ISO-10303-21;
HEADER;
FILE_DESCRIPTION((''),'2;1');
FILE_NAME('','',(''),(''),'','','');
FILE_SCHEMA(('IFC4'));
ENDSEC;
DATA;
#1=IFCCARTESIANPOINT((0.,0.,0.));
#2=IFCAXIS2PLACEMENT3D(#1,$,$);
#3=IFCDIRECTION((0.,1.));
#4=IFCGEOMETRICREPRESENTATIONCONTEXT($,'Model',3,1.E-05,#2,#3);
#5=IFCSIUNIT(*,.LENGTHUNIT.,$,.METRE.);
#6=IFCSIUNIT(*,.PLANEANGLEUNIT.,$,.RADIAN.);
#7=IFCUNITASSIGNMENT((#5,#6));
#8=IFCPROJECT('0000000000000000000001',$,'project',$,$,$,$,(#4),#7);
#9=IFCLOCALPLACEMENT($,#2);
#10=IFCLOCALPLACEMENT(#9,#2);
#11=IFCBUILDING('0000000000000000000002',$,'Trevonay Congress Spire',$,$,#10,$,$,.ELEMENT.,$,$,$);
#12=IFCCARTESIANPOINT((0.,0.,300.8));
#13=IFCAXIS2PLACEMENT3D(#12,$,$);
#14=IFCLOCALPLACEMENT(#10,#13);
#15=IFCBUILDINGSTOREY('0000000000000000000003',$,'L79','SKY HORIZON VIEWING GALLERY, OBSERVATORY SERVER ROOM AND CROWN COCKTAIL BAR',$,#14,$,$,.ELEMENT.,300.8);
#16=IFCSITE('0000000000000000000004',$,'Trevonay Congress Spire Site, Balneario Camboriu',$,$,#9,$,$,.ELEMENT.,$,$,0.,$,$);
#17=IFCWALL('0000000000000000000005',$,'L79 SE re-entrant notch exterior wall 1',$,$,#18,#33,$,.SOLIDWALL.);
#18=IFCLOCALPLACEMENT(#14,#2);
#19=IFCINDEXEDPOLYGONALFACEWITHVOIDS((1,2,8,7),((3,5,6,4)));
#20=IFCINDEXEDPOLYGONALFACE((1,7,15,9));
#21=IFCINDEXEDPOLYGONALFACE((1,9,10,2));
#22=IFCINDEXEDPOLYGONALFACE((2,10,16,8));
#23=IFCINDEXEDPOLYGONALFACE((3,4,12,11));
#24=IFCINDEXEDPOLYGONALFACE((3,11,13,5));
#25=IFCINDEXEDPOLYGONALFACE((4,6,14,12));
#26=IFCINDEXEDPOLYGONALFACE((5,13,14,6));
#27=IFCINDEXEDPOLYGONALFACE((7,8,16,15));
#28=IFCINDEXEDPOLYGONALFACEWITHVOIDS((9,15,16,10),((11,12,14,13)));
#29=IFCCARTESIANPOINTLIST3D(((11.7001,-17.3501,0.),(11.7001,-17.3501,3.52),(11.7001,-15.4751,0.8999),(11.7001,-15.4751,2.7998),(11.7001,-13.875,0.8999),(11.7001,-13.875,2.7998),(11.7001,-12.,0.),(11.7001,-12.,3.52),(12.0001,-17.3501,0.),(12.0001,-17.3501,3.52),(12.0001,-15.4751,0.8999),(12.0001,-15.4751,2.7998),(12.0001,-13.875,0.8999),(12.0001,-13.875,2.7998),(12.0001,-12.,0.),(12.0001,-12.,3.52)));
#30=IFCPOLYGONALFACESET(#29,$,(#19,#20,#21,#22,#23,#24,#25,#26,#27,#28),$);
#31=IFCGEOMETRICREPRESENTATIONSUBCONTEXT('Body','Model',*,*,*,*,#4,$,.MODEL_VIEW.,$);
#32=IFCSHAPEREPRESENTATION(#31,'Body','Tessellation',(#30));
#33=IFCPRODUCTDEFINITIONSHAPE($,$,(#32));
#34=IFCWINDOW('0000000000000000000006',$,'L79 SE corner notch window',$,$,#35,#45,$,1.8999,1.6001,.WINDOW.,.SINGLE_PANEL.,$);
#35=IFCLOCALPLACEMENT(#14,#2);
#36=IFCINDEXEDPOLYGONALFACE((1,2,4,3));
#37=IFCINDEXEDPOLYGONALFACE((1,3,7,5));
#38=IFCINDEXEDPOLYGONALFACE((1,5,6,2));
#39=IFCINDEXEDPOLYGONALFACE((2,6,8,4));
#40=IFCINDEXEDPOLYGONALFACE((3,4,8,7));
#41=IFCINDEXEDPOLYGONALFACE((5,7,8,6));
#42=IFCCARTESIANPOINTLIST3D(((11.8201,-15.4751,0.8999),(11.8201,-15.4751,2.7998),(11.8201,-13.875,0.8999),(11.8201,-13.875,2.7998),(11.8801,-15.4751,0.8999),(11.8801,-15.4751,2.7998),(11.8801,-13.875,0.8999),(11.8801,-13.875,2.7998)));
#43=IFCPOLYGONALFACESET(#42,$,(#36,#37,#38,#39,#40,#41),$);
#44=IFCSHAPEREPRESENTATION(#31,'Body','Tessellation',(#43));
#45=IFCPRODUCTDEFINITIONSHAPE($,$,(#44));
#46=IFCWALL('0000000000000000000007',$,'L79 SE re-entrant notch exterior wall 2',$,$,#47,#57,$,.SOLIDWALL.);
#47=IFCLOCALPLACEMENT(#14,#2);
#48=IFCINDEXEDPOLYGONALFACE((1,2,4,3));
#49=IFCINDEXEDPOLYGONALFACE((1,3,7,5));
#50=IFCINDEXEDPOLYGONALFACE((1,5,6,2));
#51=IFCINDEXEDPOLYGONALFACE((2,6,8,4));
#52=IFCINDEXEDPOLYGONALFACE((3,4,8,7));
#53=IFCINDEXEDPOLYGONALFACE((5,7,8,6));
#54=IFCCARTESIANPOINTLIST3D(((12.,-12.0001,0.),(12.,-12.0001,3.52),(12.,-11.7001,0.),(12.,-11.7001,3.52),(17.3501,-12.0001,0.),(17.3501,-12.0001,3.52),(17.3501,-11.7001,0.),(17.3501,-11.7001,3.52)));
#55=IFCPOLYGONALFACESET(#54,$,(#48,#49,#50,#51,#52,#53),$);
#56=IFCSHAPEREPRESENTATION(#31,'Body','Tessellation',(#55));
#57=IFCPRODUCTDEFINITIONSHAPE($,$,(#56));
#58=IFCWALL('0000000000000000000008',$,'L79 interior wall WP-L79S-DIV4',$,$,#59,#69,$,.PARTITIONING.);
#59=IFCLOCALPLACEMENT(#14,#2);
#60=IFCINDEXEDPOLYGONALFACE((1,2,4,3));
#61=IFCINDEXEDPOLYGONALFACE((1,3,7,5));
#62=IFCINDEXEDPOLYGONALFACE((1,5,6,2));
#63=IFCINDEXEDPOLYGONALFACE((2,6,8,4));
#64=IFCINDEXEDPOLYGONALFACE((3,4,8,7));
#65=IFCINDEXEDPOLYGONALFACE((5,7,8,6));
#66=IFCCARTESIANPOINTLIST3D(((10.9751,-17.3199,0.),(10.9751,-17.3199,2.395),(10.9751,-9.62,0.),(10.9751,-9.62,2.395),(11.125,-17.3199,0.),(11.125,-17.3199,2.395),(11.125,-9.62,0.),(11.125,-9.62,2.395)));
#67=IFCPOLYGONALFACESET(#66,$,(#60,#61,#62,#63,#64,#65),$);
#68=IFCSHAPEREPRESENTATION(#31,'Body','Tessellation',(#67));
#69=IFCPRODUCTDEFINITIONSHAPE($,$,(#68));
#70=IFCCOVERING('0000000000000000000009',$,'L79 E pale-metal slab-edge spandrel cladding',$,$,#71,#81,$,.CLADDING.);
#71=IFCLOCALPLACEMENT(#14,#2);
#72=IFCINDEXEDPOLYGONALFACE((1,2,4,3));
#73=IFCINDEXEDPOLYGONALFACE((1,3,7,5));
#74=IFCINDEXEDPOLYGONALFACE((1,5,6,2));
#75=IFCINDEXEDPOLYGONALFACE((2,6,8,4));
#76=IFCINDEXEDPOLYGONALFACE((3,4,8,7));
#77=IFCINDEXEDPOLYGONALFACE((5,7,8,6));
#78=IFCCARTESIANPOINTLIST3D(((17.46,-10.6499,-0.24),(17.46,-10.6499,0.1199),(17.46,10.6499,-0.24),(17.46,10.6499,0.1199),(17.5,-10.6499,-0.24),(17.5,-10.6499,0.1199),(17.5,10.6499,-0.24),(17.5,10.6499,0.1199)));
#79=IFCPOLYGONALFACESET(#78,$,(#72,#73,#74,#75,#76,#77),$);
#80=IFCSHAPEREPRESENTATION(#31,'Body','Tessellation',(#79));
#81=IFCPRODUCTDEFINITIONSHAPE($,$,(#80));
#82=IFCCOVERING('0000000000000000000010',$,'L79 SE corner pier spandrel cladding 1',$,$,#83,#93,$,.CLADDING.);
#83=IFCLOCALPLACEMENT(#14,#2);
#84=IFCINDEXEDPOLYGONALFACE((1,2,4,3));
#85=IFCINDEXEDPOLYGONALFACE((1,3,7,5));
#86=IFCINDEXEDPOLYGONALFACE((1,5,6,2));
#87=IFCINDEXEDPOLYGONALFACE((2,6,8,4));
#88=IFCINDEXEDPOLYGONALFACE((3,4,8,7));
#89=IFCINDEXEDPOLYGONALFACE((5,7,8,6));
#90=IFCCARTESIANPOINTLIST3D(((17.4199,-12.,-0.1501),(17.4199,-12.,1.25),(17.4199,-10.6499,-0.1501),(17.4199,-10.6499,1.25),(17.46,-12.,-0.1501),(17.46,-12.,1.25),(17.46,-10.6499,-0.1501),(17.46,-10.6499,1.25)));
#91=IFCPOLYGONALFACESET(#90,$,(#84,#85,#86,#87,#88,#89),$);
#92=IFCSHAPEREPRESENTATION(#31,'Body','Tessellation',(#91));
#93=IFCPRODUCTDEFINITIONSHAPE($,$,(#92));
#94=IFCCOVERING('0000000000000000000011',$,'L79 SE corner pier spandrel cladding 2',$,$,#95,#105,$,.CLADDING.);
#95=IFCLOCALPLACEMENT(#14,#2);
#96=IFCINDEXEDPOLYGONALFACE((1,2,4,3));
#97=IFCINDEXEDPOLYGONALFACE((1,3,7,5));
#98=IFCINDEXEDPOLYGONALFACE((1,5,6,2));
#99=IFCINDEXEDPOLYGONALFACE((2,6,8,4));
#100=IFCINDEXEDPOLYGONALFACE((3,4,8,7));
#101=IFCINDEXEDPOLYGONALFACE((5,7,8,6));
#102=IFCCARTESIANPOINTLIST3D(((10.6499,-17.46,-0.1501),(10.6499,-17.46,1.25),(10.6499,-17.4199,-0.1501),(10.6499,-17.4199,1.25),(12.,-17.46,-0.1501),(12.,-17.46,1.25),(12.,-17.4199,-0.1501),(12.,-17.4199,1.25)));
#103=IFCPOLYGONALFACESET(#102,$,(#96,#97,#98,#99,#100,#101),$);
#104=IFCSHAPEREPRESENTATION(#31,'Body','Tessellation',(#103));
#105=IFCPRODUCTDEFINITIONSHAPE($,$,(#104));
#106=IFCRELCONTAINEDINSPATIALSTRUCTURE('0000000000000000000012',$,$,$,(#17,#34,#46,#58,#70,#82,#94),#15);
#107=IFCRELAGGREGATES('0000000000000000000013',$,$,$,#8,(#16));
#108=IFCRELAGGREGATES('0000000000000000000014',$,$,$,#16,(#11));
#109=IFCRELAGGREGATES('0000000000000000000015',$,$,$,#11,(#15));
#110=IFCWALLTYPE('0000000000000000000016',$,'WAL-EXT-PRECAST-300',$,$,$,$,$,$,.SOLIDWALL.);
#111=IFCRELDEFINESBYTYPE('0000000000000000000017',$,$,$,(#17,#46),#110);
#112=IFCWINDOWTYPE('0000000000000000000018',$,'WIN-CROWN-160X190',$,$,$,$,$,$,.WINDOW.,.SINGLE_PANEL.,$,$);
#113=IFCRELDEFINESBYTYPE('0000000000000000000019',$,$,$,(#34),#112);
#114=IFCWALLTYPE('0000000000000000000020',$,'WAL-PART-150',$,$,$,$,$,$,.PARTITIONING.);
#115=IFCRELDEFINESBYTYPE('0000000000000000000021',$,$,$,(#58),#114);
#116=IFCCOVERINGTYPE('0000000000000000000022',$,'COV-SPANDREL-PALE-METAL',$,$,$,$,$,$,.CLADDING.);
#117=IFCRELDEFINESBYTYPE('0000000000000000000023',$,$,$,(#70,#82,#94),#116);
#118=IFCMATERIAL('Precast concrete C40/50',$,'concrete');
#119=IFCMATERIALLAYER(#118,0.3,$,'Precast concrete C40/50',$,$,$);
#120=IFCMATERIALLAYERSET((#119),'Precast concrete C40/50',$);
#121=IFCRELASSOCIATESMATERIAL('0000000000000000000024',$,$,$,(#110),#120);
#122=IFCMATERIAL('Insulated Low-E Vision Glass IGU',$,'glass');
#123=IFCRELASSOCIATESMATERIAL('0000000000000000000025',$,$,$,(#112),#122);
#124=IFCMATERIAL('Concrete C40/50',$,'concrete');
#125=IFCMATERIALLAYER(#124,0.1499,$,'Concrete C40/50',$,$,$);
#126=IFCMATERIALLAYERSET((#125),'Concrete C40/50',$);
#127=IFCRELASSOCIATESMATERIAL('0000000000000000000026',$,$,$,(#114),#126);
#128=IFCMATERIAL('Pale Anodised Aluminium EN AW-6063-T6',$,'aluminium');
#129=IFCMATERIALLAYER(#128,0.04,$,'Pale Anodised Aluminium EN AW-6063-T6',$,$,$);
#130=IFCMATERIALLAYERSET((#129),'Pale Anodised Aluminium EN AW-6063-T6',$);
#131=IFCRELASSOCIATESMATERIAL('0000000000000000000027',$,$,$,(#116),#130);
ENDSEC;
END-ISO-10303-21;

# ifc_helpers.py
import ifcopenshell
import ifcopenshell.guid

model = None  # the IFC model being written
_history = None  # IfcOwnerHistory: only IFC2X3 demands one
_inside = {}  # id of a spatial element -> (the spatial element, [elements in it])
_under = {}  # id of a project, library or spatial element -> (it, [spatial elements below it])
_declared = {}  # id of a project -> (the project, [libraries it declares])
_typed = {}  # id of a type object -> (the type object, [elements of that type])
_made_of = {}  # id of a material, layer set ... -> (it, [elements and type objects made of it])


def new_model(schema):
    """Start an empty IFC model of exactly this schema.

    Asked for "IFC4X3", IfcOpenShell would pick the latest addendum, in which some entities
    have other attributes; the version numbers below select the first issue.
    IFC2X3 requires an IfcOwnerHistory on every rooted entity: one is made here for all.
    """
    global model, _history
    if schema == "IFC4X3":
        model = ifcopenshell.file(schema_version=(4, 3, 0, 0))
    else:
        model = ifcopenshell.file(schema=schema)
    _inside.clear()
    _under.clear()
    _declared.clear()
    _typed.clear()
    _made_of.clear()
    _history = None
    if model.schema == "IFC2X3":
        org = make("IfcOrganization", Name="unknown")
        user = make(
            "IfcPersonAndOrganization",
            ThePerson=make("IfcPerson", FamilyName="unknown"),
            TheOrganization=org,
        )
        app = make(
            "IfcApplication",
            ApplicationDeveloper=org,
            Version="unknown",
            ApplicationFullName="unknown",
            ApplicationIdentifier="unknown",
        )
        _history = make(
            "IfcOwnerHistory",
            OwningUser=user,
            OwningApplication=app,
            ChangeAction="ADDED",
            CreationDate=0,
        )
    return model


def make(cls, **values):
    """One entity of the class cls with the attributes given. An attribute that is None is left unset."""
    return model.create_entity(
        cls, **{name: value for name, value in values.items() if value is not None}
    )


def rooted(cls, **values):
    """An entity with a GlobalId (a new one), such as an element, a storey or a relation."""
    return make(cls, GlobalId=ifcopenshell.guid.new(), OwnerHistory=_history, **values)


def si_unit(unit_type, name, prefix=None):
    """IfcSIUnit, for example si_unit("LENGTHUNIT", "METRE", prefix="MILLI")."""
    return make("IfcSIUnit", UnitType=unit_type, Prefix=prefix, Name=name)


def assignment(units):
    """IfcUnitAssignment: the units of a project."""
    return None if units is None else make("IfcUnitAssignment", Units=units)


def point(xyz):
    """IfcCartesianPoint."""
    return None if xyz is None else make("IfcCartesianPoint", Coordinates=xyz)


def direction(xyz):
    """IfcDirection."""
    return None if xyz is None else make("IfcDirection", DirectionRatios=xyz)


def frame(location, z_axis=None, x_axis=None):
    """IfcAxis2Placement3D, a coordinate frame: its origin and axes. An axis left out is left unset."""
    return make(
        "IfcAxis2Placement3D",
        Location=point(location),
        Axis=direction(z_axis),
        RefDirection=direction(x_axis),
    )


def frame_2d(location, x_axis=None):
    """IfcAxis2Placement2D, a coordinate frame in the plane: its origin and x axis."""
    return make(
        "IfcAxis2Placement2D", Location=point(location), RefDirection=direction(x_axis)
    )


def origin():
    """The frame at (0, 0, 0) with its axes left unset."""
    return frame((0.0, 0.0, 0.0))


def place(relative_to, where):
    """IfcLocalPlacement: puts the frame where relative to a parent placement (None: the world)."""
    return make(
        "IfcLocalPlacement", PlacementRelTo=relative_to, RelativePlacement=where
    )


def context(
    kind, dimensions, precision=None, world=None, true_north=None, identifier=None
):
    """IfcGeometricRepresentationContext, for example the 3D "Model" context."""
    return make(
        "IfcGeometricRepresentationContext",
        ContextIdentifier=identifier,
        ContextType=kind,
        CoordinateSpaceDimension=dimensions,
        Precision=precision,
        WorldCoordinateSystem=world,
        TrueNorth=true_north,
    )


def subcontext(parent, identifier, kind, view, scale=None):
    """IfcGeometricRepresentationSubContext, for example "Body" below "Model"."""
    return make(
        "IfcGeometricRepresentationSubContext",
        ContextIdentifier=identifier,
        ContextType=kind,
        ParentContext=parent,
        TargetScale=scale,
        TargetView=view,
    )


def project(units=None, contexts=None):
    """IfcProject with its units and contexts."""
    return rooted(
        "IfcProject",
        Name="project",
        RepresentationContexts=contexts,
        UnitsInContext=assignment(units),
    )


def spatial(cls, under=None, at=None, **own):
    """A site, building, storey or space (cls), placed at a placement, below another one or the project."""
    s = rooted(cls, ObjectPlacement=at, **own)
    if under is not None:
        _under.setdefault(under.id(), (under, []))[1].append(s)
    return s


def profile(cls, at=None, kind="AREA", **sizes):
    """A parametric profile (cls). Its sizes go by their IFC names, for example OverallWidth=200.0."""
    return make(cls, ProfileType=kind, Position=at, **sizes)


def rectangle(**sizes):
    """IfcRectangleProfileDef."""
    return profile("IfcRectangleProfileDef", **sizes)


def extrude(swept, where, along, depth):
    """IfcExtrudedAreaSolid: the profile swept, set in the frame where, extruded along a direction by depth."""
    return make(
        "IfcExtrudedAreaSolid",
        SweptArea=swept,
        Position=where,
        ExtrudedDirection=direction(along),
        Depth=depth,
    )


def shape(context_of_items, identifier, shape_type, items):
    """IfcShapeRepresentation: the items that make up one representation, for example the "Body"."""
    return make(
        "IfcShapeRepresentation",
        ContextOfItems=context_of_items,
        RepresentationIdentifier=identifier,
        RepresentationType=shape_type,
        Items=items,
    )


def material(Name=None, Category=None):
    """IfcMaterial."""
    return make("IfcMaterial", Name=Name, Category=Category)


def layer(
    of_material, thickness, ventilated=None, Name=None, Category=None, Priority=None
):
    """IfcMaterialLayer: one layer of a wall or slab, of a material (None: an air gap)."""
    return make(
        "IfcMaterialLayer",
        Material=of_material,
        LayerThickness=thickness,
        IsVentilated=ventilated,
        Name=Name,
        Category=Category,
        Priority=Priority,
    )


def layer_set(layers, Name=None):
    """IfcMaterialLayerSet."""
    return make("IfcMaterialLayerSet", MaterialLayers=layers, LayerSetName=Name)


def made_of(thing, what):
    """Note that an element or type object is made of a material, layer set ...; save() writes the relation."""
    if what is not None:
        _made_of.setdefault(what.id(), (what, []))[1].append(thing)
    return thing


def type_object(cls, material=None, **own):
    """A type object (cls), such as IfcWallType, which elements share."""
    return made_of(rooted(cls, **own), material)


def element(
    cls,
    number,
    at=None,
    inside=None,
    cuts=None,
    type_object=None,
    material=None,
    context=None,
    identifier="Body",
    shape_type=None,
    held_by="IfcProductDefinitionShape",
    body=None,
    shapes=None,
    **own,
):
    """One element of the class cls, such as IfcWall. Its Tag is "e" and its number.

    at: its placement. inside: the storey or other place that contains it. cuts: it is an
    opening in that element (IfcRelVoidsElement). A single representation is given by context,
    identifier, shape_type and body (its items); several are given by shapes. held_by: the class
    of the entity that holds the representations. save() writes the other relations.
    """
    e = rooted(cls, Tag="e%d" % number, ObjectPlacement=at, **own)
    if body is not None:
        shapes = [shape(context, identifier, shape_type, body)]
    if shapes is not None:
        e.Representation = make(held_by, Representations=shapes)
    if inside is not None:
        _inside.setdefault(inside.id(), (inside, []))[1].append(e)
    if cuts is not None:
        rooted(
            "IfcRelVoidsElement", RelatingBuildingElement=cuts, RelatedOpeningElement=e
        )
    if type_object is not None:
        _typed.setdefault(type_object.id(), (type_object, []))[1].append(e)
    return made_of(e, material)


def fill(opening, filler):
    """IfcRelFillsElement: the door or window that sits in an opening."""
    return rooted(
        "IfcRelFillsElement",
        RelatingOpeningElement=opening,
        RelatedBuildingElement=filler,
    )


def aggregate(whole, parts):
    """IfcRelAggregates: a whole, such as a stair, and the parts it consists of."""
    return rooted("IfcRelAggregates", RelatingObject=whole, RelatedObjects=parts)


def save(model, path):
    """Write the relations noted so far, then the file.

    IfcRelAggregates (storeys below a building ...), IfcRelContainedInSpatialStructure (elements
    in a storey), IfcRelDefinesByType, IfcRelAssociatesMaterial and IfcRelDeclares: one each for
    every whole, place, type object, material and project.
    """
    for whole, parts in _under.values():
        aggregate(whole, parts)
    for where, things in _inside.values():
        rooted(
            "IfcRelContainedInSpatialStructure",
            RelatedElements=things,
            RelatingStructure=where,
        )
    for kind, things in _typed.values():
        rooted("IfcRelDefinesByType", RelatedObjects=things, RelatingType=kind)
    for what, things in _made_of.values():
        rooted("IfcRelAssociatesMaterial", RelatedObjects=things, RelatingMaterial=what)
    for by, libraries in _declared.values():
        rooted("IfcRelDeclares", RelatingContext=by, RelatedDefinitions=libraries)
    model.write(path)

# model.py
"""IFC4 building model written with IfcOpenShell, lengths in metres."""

from ifc_helpers import new_model, si_unit, direction, frame, frame_2d, origin, place, context, subcontext, project, spatial, rectangle, extrude, material, layer, layer_set, type_object, element, fill, save


model = new_model("IFC4")

# Units and contexts
model_context = context("Model", 3, precision=1e-05, world=origin(), true_north=direction((0.0, 1.0)))
body_context = subcontext(model_context, "Body", "Model", "MODEL_VIEW")
ifc_project = project(units=[si_unit("LENGTHUNIT", "METRE"), si_unit("PLANEANGLEUNIT", "RADIAN")], contexts=[model_context])

# Site, building, storey
site_placement = place(None, origin())
site = spatial("IfcSite", under=ifc_project, at=site_placement, Name="Trevonay Congress Spire Site, Balneario Camboriu", CompositionType="ELEMENT", RefElevation=0.0)
building_placement = place(site_placement, origin())
building = spatial("IfcBuilding", under=site, at=building_placement, Name="Trevonay Congress Spire", CompositionType="ELEMENT")
storey_placement = place(building_placement, frame((0.0, 0.0, 300.8)))
storey = spatial("IfcBuildingStorey", under=building, at=storey_placement, Name="L79", Description="SKY HORIZON VIEWING GALLERY, OBSERVATORY SERVER ROOM AND CROWN COCKTAIL BAR", CompositionType="ELEMENT", Elevation=300.8)

# Shared definitions
ifc_material_1 = material(Name="Pale Anodised Aluminium EN AW-6063-T6", Category="aluminium")

# Shared definitions
ifc_material_2 = material(Name="Insulated Low-E Vision Glass IGU", Category="glass")

# Wall, opening, window
ifc_material_3 = material(Name="Precast concrete C40/50", Category="concrete")
ifc_layer_1 = layer(ifc_material_3, 0.3, Name="Precast concrete C40/50")
ifc_layer_set_1 = layer_set([ifc_layer_1], Name="Precast concrete C40/50")
wall_type_1 = type_object("IfcWallType", Name="WAL-EXT-PRECAST-300", PredefinedType="SOLIDWALL", material=ifc_layer_set_1)
wall_1_placement = place(storey_placement, frame((11.8501, -17.3501, 0.0), z_axis=(0.0, 0.0, 1.0), x_axis=(0.0, 1.0, 0.0)))
wall_1 = element("IfcWall", 1, at=wall_1_placement, inside=storey, type_object=wall_type_1, Name="L79 SE re-entrant notch exterior wall 1", PredefinedType="SOLIDWALL", context=body_context, shape_type="SweptSolid", body=[
    extrude(rectangle(XDim=5.3501, YDim=0.3, at=frame_2d((2.675, 0.0))), origin(), (0.0, 0.0, 1.0), 3.52),
])
opening_placement = place(wall_1_placement, frame((1.875, 0.0, 0.8999)))
opening = element("IfcOpeningElement", 2, at=opening_placement, cuts=wall_1, PredefinedType="OPENING", context=body_context, shape_type="SweptSolid", body=[
    extrude(rectangle(XDim=1.6001, YDim=1.8999, at=frame_2d((0.8, 0.95))), frame((0.0, 0.1602, 0.0), z_axis=(0.0, -1.0, 0.0), x_axis=(1.0, 0.0, 0.0)), (0.0, 0.0, 1.0), 0.3201),
])
window_type = type_object("IfcWindowType", Name="WIN-CROWN-160X190", PartitioningType="SINGLE_PANEL", PredefinedType="WINDOW", material=ifc_material_2)
window_placement = place(opening_placement, origin())
window = element("IfcWindow", 3, at=window_placement, inside=storey, type_object=window_type, Name="L79 SE corner notch window", OverallHeight=1.8999, OverallWidth=1.6001, PartitioningType="SINGLE_PANEL", PredefinedType="WINDOW", context=body_context, shape_type="SweptSolid", body=[
    extrude(rectangle(XDim=1.6001, YDim=1.8999, at=frame_2d((0.8, 0.95))), frame((0.0, 0.03, 0.0), z_axis=(0.0, -1.0, 0.0), x_axis=(1.0, 0.0, 0.0)), (0.0, 0.0, 1.0), 0.0601),
])
fill(opening, window)

# Walls
wall_2_placement = place(storey_placement, frame((17.3501, -11.8501, 0.0), z_axis=(0.0, 0.0, 1.0), x_axis=(-1.0, 0.0, 0.0)))
element("IfcWall", 4, at=wall_2_placement, inside=storey, type_object=wall_type_1, Name="L79 SE re-entrant notch exterior wall 2", PredefinedType="SOLIDWALL", context=body_context, shape_type="SweptSolid", body=[
    extrude(rectangle(XDim=5.3501, YDim=0.3, at=frame_2d((2.675, 0.0))), origin(), (0.0, 0.0, 1.0), 3.52),
])
ifc_material_4 = material(Name="Concrete C40/50", Category="concrete")
ifc_layer_2 = layer(ifc_material_4, 0.1499, Name="Concrete C40/50")
ifc_layer_set_2 = layer_set([ifc_layer_2], Name="Concrete C40/50")
wall_type_2 = type_object("IfcWallType", Name="WAL-PART-150", PredefinedType="PARTITIONING", material=ifc_layer_set_2)
wall_3_placement = place(storey_placement, frame((11.05, -17.3201, 0.0), z_axis=(0.0, 0.0, 1.0), x_axis=(0.0, 1.0, 0.0)))
element("IfcWall", 5, at=wall_3_placement, inside=storey, type_object=wall_type_2, Name="L79 interior wall WP-L79S-DIV4", PredefinedType="PARTITIONING", context=body_context, shape_type="SweptSolid", body=[
    extrude(rectangle(XDim=7.7, YDim=0.1499, at=frame_2d((3.8501, 0.0))), origin(), (0.0, 0.0, 1.0), 2.395),
])

# Coverings
ifc_layer_3 = layer(ifc_material_1, 0.04, Name="Pale Anodised Aluminium EN AW-6063-T6")
ifc_layer_set_3 = layer_set([ifc_layer_3], Name="Pale Anodised Aluminium EN AW-6063-T6")
covering_type = type_object("IfcCoveringType", Name="COV-SPANDREL-PALE-METAL", PredefinedType="CLADDING", material=ifc_layer_set_3)
covering_placement = place(storey_placement, frame((17.48, -10.6499, -0.24), z_axis=(0.0, 0.0, 1.0), x_axis=(0.0, 1.0, 0.0)))
element("IfcCovering", 6, at=covering_placement, inside=storey, type_object=covering_type, Name="L79 E pale-metal slab-edge spandrel cladding", PredefinedType="CLADDING", context=body_context, shape_type="SweptSolid", body=[
    extrude(rectangle(XDim=21.2998, YDim=0.04, at=frame_2d((10.6499, 0.0))), origin(), (0.0, 0.0, 1.0), 0.3599),
])
for number, where, z_axis, x_axis, name in (
    (7, (17.4399, -10.6499, -0.1501), (0.0, 0.0, 1.0), (0.0, -1.0, 0.0), "L79 SE corner pier spandrel cladding 1"),
    (8, (10.6499, -17.4399, -0.1501), (0.0, 0.0, 1.0), (1.0, 0.0, 0.0), "L79 SE corner pier spandrel cladding 2"),
):
    element("IfcCovering", number, at=place(storey_placement, frame(where, z_axis=z_axis, x_axis=x_axis)), inside=storey, type_object=covering_type, Name=name, PredefinedType="CLADDING", context=body_context, shape_type="SweptSolid", body=[
        extrude(rectangle(XDim=1.3501, YDim=0.04, at=frame_2d((0.675, 0.0))), origin(), (0.0, 0.0, 1.0), 1.4001),
    ])

save(model, "model.ifc")
